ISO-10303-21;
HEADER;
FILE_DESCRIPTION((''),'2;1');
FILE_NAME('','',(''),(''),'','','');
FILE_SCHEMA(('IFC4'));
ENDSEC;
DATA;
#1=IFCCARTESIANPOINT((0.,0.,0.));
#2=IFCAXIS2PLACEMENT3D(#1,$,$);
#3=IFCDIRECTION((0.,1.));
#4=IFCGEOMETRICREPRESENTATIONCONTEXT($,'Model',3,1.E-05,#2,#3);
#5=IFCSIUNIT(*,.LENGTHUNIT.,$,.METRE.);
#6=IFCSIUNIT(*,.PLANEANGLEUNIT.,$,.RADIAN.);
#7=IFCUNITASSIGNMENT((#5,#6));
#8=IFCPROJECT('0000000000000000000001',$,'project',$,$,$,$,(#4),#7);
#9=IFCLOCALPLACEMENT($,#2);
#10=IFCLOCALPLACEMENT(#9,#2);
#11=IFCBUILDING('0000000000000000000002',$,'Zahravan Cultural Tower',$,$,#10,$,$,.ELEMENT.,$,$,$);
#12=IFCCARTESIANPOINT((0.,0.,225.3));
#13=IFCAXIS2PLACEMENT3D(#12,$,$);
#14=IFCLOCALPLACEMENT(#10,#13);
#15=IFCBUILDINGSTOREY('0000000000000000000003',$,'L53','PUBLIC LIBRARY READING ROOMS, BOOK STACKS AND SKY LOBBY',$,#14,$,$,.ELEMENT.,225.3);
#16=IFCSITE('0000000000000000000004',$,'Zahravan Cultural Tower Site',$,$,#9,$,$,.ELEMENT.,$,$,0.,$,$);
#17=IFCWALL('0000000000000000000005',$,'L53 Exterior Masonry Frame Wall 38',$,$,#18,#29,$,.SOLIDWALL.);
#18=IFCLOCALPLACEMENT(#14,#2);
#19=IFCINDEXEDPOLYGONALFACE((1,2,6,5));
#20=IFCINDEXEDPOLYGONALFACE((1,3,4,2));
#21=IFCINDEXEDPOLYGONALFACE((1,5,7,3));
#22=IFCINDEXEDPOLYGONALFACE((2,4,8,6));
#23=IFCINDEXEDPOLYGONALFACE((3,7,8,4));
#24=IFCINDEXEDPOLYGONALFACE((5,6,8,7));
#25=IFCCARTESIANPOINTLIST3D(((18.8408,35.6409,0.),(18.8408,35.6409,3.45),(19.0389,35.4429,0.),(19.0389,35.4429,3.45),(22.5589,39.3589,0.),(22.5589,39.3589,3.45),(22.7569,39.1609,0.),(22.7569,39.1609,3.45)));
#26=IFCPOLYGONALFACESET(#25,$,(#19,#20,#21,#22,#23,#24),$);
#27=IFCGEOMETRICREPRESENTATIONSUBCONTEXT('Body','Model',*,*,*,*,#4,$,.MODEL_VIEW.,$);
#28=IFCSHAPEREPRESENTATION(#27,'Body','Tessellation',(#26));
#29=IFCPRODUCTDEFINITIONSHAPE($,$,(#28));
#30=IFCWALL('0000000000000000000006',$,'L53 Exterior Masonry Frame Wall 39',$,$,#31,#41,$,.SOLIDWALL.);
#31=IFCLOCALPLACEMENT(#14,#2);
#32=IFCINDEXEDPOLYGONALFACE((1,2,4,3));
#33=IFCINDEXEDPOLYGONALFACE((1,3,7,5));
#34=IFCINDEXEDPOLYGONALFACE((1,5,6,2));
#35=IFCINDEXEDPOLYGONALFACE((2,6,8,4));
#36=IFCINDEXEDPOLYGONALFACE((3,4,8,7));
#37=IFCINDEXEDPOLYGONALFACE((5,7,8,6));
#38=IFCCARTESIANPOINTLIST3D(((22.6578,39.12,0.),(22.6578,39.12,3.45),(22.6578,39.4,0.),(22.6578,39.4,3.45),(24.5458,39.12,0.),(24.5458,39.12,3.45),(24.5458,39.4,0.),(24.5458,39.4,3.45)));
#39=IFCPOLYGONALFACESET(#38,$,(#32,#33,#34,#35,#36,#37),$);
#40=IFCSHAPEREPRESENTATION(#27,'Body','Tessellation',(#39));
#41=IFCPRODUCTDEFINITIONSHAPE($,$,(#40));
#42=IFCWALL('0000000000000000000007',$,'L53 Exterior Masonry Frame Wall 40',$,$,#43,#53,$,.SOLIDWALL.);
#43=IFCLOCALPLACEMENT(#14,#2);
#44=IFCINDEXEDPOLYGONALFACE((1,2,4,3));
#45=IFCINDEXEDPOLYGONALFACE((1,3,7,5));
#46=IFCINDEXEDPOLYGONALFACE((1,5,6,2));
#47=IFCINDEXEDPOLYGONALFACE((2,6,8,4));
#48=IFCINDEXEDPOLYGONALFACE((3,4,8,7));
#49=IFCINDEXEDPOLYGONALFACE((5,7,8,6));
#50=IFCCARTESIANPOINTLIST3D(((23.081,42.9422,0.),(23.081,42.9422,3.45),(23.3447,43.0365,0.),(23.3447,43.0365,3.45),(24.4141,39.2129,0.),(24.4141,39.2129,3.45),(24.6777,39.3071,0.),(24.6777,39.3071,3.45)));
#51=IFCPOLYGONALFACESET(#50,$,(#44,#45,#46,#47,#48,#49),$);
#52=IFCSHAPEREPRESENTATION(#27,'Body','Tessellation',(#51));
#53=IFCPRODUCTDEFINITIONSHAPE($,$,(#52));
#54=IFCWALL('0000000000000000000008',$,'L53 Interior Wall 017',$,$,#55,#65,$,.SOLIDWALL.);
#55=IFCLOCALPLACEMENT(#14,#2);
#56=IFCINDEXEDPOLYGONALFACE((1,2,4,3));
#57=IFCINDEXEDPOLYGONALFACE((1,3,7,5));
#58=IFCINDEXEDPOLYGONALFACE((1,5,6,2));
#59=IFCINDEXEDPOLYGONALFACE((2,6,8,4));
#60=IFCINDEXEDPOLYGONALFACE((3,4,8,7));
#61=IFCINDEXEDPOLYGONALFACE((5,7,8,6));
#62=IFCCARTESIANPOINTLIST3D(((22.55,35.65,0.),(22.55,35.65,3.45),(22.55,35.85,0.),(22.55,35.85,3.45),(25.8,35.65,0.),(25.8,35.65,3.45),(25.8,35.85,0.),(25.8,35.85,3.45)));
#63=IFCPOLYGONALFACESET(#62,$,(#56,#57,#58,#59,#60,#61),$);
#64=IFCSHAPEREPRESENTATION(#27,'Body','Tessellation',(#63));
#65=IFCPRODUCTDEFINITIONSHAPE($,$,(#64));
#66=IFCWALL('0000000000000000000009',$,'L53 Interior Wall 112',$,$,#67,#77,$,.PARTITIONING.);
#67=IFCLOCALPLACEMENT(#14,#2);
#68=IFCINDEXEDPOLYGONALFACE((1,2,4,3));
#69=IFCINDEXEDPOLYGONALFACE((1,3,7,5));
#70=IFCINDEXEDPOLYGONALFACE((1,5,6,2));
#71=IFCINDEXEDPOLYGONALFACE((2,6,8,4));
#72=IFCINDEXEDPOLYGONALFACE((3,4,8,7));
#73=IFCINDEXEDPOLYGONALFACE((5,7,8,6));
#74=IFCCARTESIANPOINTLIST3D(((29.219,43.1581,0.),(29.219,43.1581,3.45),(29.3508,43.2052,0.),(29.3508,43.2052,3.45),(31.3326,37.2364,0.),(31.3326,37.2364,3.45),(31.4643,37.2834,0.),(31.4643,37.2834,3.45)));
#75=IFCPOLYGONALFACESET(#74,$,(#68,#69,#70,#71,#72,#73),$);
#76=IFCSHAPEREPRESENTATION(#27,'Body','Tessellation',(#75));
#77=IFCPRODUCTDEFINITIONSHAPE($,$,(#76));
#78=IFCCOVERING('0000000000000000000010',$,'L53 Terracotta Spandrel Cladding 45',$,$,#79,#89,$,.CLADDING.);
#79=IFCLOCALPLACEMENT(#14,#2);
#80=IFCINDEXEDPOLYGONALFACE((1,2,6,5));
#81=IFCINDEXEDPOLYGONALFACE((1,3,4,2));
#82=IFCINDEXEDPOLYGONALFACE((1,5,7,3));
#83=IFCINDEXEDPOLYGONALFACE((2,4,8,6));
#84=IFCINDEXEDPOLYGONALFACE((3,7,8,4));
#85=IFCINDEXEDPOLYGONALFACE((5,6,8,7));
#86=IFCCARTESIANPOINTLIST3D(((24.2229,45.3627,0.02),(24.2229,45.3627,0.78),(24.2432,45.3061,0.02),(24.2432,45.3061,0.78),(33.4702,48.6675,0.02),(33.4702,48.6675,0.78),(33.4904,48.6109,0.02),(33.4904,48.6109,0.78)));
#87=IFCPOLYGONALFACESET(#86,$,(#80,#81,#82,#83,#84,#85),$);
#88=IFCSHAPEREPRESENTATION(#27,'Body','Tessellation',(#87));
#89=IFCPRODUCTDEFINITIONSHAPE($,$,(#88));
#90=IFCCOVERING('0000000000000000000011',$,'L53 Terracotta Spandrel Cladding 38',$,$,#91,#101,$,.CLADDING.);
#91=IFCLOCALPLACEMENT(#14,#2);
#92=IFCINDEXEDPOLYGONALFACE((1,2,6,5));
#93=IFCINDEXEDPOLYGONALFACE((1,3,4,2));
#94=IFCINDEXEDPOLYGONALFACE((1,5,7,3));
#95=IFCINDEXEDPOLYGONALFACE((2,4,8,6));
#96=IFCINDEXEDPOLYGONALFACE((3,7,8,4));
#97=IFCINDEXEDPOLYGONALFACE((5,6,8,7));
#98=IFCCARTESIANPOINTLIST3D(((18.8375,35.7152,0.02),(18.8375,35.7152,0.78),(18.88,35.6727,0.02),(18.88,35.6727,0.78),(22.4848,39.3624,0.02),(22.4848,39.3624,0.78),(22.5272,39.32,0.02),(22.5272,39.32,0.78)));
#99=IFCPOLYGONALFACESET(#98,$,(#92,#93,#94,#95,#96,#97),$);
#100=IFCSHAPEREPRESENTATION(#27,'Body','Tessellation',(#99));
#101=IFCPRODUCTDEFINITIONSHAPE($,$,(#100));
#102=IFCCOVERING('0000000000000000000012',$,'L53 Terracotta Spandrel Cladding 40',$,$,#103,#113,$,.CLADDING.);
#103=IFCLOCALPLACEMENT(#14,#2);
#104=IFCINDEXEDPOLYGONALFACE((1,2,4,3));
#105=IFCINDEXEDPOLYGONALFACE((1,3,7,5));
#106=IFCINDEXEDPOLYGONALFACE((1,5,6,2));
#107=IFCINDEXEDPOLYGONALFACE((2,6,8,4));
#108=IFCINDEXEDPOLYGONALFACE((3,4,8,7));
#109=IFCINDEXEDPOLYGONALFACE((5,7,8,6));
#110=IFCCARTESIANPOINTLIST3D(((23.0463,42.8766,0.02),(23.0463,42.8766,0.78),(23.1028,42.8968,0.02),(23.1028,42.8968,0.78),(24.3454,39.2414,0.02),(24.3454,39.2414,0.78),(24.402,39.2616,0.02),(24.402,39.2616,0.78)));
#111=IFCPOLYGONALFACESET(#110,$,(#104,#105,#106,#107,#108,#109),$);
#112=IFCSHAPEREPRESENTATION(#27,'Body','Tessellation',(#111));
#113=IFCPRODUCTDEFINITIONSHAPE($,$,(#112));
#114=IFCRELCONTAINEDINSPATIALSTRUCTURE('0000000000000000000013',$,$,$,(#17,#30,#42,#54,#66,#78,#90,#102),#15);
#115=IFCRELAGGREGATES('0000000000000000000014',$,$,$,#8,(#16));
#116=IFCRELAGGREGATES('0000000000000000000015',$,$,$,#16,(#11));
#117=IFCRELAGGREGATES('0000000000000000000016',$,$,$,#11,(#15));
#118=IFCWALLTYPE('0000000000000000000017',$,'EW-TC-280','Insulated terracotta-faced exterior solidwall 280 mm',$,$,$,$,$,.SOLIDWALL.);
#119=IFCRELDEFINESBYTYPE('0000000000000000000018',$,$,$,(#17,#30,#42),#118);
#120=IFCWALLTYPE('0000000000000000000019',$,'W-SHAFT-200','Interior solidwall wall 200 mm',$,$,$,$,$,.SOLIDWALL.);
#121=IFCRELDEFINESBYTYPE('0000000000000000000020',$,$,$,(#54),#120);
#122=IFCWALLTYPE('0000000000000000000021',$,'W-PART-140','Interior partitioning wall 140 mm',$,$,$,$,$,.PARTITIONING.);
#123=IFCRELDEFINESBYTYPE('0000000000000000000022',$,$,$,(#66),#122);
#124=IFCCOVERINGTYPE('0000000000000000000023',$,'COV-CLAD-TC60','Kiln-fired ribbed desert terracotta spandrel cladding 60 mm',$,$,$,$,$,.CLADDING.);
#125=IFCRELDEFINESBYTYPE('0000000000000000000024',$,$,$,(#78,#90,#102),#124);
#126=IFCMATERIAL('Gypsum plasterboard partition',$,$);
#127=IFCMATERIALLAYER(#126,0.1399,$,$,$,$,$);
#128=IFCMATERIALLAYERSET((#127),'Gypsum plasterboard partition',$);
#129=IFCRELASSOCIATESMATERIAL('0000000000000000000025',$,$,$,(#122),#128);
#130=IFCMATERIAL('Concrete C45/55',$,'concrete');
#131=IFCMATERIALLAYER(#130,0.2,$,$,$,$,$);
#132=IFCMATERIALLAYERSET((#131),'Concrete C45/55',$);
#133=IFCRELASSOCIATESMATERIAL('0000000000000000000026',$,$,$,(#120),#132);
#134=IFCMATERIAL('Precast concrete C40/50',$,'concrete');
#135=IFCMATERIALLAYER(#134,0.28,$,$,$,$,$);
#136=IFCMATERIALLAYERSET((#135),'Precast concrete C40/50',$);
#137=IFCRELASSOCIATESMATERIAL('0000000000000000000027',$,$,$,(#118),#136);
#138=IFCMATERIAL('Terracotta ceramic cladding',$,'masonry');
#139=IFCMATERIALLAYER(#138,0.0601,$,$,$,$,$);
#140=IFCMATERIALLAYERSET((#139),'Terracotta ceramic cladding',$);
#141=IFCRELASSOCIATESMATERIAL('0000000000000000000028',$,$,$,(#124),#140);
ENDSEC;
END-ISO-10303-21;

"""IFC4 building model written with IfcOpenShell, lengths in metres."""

from ifc_helpers import new_model, si_unit, direction, frame, frame_2d, origin, origin_2d, place, context, subcontext, project, spatial, rectangle, extrude, source, transform, mapped, material, layer, layer_set, type_object, element, save


model = new_model("IFC4")

# Units and contexts
model_context = context("Model", 3, precision=1e-05, world=origin(), true_north=direction((0.0, 1.0)))
body_context = subcontext(model_context, "Body", "Model", "MODEL_VIEW")
ifc_project = project(units=[si_unit("LENGTHUNIT", "METRE"), si_unit("PLANEANGLEUNIT", "RADIAN")], contexts=[model_context])

# Site, building, storey
site_placement = place(None, origin())
site = spatial("IfcSite", under=ifc_project, at=site_placement, Name="Zahravan Cultural Tower Site", CompositionType="ELEMENT", RefElevation=0.0)
building_placement = place(site_placement, origin())
building = spatial("IfcBuilding", under=site, at=building_placement, Name="Zahravan Cultural Tower", CompositionType="ELEMENT")
storey_placement = place(building_placement, frame((0.0, 0.0, 225.3)))
storey = spatial("IfcBuildingStorey", under=building, at=storey_placement, Name="L53", Description="PUBLIC LIBRARY READING ROOMS, BOOK STACKS AND SKY LOBBY", CompositionType="ELEMENT", Elevation=225.3)

# Shared definitions
ifc_material_1 = material(Name="Gypsum plasterboard partition")
ifc_layer_1 = layer(ifc_material_1, 0.1399)
ifc_layer_set_1 = layer_set([ifc_layer_1], Name="Gypsum plasterboard partition")
wall_type_1 = type_object("IfcWallType", Name="W-PART-140", Description="Interior partitioning wall 140 mm", PredefinedType="PARTITIONING", material=ifc_layer_set_1)
ifc_material_2 = material(Name="Concrete C45/55", Category="concrete")
ifc_layer_2 = layer(ifc_material_2, 0.2)
ifc_layer_set_2 = layer_set([ifc_layer_2], Name="Concrete C45/55")
wall_type_2 = type_object("IfcWallType", Name="W-SHAFT-200", Description="Interior solidwall wall 200 mm", PredefinedType="SOLIDWALL", material=ifc_layer_set_2)

# Walls
ifc_material_3 = material(Name="Precast concrete C40/50", Category="concrete")
ifc_layer_3 = layer(ifc_material_3, 0.28)
ifc_layer_set_3 = layer_set([ifc_layer_3], Name="Precast concrete C40/50")
wall_type_3 = type_object("IfcWallType", Name="EW-TC-280", Description="Insulated terracotta-faced exterior solidwall 280 mm", PredefinedType="SOLIDWALL", material=ifc_layer_set_3)
shared_shape_1 = source(origin(), body_context, "Body", "SweptSolid", [
    extrude(rectangle(XDim=5.2581, YDim=0.28, at=frame_2d((2.6289, 0.0))), origin(), (0.0, 0.0, 1.0), 3.45),
])
wall_1_placement = place(storey_placement, frame((18.9399, 35.542, 0.0), z_axis=(0.0, 0.0, 1.0), x_axis=(0.707107, 0.707107, 0.0)))
element("IfcWall", 1, at=wall_1_placement, inside=storey, type_object=wall_type_3, Name="L53 Exterior Masonry Frame Wall 38", PredefinedType="SOLIDWALL", context=body_context, shape_type="MappedRepresentation", body=[
    mapped(shared_shape_1, transform((0.0, 0.0, 0.0), x_axis=(1.0, 0.0, 0.0), y_axis=(0.0, 1.0, 0.0), z_axis=(0.0, 0.0, 1.0), scale=1.0)),
])
shared_shape_2 = source(origin(), body_context, "Body", "SweptSolid", [
    extrude(rectangle(XDim=1.8879, YDim=0.28, at=frame_2d((0.9438, 0.0))), origin(), (0.0, 0.0, 1.0), 3.45),
])
wall_2_placement = place(storey_placement, frame((22.658, 39.26, 0.0), z_axis=(0.0, 0.0, 1.0), x_axis=(1.0, 0.0, 0.0)))
element("IfcWall", 2, at=wall_2_placement, inside=storey, type_object=wall_type_3, Name="L53 Exterior Masonry Frame Wall 39", PredefinedType="SOLIDWALL", context=body_context, shape_type="MappedRepresentation", body=[
    mapped(shared_shape_2, transform((0.0, 0.0, 0.0), x_axis=(1.0, 0.0, 0.0), y_axis=(0.0, 1.0, 0.0), z_axis=(0.0, 0.0, 1.0), scale=1.0)),
])
shared_shape_3 = source(origin(), body_context, "Body", "SweptSolid", [
    extrude(rectangle(XDim=3.9604, YDim=0.28, at=frame_2d((1.9802, 0.0))), origin(), (0.0, 0.0, 1.0), 3.45),
])
wall_3_placement = place(storey_placement, frame((24.5459, 39.26, 0.0), z_axis=(0.0, 0.0, 1.0), x_axis=(-0.33659, 0.941651, 0.0)))
element("IfcWall", 3, at=wall_3_placement, inside=storey, type_object=wall_type_3, Name="L53 Exterior Masonry Frame Wall 40", PredefinedType="SOLIDWALL", context=body_context, shape_type="MappedRepresentation", body=[
    mapped(shared_shape_3, transform((0.0, 0.0, 0.0), x_axis=(1.0, 0.0, 0.0), y_axis=(0.0, 1.0, 0.0), z_axis=(0.0, 0.0, 1.0), scale=1.0)),
])
shared_shape_4 = source(origin(), body_context, "Body", "SweptSolid", [
    extrude(rectangle(XDim=3.25, YDim=0.2, at=frame_2d((1.625, 0.0))), origin(), (0.0, 0.0, 1.0), 3.45),
])
wall_4_placement = place(storey_placement, frame((22.55, 35.75, 0.0), z_axis=(0.0, 0.0, 1.0), x_axis=(1.0, 0.0, 0.0)))
element("IfcWall", 4, at=wall_4_placement, inside=storey, type_object=wall_type_2, Name="L53 Interior Wall 017", PredefinedType="SOLIDWALL", context=body_context, shape_type="MappedRepresentation", body=[
    mapped(shared_shape_4, transform((0.0, 0.0, 0.0), x_axis=(1.0, 0.0, 0.0), y_axis=(0.0, 1.0, 0.0), z_axis=(0.0, 0.0, 1.0), scale=1.0)),
])
shared_shape_5 = source(origin(), body_context, "Body", "SweptSolid", [
    extrude(rectangle(XDim=6.2876, YDim=0.1399, at=frame_2d((3.1438, 0.0))), origin(), (0.0, 0.0, 1.0), 3.45),
])
wall_5_placement = place(storey_placement, frame((29.2849, 43.1816, 0.0), z_axis=(0.0, 0.0, 1.0), x_axis=(0.336147, -0.94181, 0.0)))
element("IfcWall", 5, at=wall_5_placement, inside=storey, type_object=wall_type_1, Name="L53 Interior Wall 112", PredefinedType="PARTITIONING", context=body_context, shape_type="MappedRepresentation", body=[
    mapped(shared_shape_5, transform((0.0, 0.0, 0.0), x_axis=(1.0, 0.0, 0.0), y_axis=(0.0, 1.0, 0.0), z_axis=(0.0, 0.0, 1.0), scale=1.0)),
])

# Coverings
ifc_material_4 = material(Name="Terracotta ceramic cladding", Category="masonry")
ifc_layer_4 = layer(ifc_material_4, 0.0601)
ifc_layer_set_4 = layer_set([ifc_layer_4], Name="Terracotta ceramic cladding")
covering_type = type_object("IfcCoveringType", Name="COV-CLAD-TC60", Description="Kiln-fired ribbed desert terracotta spandrel cladding 60 mm", PredefinedType="CLADDING", material=ifc_layer_set_4)
shared_shape_6 = source(origin(), body_context, "Body", "SweptSolid", [
    extrude(rectangle(XDim=9.8201, YDim=0.0601, at=origin_2d()), origin(), (0.0, 0.0, 1.0), 0.76),
])
covering_1_placement = place(storey_placement, frame((28.8567, 46.9868, 0.02), z_axis=(0.0, 0.0, 1.0), x_axis=(0.94167, 0.336537, 0.0)))
element("IfcCovering", 6, at=covering_1_placement, inside=storey, type_object=covering_type, Name="L53 Terracotta Spandrel Cladding 45", PredefinedType="CLADDING", context=body_context, shape_type="MappedRepresentation", body=[
    mapped(shared_shape_6, transform((0.0, 0.0, 0.0), x_axis=(1.0, 0.0, 0.0), y_axis=(0.0, 1.0, 0.0), z_axis=(0.0, 0.0, 1.0), scale=1.0)),
])
shared_shape_7 = source(origin(), body_context, "Body", "SweptSolid", [
    extrude(rectangle(XDim=5.158, YDim=0.0601, at=origin_2d()), origin(), (0.0, 0.0, 1.0), 0.76),
])
covering_2_placement = place(storey_placement, frame((20.6824, 37.5176, 0.02), z_axis=(0.0, 0.0, 1.0), x_axis=(0.707107, 0.707107, 0.0)))
element("IfcCovering", 7, at=covering_2_placement, inside=storey, type_object=covering_type, Name="L53 Terracotta Spandrel Cladding 38", PredefinedType="CLADDING", context=body_context, shape_type="MappedRepresentation", body=[
    mapped(shared_shape_7, transform((0.0, 0.0, 0.0), x_axis=(1.0, 0.0, 0.0), y_axis=(0.0, 1.0, 0.0), z_axis=(0.0, 0.0, 1.0), scale=1.0)),
])
shared_shape_8 = source(origin(), body_context, "Body", "SweptSolid", [
    extrude(rectangle(XDim=3.8604, YDim=0.0601, at=origin_2d()), origin(), (0.0, 0.0, 1.0), 0.76),
])
covering_3_placement = place(storey_placement, frame((23.7241, 41.0691, 0.02), z_axis=(0.0, 0.0, 1.0), x_axis=(-0.336537, 0.94167, 0.0)))
element("IfcCovering", 8, at=covering_3_placement, inside=storey, type_object=covering_type, Name="L53 Terracotta Spandrel Cladding 40", PredefinedType="CLADDING", context=body_context, shape_type="MappedRepresentation", body=[
    mapped(shared_shape_8, transform((0.0, 0.0, 0.0), x_axis=(1.0, 0.0, 0.0), y_axis=(0.0, 1.0, 0.0), z_axis=(0.0, 0.0, 1.0), scale=1.0)),
])

save(model, "model.ifc")
